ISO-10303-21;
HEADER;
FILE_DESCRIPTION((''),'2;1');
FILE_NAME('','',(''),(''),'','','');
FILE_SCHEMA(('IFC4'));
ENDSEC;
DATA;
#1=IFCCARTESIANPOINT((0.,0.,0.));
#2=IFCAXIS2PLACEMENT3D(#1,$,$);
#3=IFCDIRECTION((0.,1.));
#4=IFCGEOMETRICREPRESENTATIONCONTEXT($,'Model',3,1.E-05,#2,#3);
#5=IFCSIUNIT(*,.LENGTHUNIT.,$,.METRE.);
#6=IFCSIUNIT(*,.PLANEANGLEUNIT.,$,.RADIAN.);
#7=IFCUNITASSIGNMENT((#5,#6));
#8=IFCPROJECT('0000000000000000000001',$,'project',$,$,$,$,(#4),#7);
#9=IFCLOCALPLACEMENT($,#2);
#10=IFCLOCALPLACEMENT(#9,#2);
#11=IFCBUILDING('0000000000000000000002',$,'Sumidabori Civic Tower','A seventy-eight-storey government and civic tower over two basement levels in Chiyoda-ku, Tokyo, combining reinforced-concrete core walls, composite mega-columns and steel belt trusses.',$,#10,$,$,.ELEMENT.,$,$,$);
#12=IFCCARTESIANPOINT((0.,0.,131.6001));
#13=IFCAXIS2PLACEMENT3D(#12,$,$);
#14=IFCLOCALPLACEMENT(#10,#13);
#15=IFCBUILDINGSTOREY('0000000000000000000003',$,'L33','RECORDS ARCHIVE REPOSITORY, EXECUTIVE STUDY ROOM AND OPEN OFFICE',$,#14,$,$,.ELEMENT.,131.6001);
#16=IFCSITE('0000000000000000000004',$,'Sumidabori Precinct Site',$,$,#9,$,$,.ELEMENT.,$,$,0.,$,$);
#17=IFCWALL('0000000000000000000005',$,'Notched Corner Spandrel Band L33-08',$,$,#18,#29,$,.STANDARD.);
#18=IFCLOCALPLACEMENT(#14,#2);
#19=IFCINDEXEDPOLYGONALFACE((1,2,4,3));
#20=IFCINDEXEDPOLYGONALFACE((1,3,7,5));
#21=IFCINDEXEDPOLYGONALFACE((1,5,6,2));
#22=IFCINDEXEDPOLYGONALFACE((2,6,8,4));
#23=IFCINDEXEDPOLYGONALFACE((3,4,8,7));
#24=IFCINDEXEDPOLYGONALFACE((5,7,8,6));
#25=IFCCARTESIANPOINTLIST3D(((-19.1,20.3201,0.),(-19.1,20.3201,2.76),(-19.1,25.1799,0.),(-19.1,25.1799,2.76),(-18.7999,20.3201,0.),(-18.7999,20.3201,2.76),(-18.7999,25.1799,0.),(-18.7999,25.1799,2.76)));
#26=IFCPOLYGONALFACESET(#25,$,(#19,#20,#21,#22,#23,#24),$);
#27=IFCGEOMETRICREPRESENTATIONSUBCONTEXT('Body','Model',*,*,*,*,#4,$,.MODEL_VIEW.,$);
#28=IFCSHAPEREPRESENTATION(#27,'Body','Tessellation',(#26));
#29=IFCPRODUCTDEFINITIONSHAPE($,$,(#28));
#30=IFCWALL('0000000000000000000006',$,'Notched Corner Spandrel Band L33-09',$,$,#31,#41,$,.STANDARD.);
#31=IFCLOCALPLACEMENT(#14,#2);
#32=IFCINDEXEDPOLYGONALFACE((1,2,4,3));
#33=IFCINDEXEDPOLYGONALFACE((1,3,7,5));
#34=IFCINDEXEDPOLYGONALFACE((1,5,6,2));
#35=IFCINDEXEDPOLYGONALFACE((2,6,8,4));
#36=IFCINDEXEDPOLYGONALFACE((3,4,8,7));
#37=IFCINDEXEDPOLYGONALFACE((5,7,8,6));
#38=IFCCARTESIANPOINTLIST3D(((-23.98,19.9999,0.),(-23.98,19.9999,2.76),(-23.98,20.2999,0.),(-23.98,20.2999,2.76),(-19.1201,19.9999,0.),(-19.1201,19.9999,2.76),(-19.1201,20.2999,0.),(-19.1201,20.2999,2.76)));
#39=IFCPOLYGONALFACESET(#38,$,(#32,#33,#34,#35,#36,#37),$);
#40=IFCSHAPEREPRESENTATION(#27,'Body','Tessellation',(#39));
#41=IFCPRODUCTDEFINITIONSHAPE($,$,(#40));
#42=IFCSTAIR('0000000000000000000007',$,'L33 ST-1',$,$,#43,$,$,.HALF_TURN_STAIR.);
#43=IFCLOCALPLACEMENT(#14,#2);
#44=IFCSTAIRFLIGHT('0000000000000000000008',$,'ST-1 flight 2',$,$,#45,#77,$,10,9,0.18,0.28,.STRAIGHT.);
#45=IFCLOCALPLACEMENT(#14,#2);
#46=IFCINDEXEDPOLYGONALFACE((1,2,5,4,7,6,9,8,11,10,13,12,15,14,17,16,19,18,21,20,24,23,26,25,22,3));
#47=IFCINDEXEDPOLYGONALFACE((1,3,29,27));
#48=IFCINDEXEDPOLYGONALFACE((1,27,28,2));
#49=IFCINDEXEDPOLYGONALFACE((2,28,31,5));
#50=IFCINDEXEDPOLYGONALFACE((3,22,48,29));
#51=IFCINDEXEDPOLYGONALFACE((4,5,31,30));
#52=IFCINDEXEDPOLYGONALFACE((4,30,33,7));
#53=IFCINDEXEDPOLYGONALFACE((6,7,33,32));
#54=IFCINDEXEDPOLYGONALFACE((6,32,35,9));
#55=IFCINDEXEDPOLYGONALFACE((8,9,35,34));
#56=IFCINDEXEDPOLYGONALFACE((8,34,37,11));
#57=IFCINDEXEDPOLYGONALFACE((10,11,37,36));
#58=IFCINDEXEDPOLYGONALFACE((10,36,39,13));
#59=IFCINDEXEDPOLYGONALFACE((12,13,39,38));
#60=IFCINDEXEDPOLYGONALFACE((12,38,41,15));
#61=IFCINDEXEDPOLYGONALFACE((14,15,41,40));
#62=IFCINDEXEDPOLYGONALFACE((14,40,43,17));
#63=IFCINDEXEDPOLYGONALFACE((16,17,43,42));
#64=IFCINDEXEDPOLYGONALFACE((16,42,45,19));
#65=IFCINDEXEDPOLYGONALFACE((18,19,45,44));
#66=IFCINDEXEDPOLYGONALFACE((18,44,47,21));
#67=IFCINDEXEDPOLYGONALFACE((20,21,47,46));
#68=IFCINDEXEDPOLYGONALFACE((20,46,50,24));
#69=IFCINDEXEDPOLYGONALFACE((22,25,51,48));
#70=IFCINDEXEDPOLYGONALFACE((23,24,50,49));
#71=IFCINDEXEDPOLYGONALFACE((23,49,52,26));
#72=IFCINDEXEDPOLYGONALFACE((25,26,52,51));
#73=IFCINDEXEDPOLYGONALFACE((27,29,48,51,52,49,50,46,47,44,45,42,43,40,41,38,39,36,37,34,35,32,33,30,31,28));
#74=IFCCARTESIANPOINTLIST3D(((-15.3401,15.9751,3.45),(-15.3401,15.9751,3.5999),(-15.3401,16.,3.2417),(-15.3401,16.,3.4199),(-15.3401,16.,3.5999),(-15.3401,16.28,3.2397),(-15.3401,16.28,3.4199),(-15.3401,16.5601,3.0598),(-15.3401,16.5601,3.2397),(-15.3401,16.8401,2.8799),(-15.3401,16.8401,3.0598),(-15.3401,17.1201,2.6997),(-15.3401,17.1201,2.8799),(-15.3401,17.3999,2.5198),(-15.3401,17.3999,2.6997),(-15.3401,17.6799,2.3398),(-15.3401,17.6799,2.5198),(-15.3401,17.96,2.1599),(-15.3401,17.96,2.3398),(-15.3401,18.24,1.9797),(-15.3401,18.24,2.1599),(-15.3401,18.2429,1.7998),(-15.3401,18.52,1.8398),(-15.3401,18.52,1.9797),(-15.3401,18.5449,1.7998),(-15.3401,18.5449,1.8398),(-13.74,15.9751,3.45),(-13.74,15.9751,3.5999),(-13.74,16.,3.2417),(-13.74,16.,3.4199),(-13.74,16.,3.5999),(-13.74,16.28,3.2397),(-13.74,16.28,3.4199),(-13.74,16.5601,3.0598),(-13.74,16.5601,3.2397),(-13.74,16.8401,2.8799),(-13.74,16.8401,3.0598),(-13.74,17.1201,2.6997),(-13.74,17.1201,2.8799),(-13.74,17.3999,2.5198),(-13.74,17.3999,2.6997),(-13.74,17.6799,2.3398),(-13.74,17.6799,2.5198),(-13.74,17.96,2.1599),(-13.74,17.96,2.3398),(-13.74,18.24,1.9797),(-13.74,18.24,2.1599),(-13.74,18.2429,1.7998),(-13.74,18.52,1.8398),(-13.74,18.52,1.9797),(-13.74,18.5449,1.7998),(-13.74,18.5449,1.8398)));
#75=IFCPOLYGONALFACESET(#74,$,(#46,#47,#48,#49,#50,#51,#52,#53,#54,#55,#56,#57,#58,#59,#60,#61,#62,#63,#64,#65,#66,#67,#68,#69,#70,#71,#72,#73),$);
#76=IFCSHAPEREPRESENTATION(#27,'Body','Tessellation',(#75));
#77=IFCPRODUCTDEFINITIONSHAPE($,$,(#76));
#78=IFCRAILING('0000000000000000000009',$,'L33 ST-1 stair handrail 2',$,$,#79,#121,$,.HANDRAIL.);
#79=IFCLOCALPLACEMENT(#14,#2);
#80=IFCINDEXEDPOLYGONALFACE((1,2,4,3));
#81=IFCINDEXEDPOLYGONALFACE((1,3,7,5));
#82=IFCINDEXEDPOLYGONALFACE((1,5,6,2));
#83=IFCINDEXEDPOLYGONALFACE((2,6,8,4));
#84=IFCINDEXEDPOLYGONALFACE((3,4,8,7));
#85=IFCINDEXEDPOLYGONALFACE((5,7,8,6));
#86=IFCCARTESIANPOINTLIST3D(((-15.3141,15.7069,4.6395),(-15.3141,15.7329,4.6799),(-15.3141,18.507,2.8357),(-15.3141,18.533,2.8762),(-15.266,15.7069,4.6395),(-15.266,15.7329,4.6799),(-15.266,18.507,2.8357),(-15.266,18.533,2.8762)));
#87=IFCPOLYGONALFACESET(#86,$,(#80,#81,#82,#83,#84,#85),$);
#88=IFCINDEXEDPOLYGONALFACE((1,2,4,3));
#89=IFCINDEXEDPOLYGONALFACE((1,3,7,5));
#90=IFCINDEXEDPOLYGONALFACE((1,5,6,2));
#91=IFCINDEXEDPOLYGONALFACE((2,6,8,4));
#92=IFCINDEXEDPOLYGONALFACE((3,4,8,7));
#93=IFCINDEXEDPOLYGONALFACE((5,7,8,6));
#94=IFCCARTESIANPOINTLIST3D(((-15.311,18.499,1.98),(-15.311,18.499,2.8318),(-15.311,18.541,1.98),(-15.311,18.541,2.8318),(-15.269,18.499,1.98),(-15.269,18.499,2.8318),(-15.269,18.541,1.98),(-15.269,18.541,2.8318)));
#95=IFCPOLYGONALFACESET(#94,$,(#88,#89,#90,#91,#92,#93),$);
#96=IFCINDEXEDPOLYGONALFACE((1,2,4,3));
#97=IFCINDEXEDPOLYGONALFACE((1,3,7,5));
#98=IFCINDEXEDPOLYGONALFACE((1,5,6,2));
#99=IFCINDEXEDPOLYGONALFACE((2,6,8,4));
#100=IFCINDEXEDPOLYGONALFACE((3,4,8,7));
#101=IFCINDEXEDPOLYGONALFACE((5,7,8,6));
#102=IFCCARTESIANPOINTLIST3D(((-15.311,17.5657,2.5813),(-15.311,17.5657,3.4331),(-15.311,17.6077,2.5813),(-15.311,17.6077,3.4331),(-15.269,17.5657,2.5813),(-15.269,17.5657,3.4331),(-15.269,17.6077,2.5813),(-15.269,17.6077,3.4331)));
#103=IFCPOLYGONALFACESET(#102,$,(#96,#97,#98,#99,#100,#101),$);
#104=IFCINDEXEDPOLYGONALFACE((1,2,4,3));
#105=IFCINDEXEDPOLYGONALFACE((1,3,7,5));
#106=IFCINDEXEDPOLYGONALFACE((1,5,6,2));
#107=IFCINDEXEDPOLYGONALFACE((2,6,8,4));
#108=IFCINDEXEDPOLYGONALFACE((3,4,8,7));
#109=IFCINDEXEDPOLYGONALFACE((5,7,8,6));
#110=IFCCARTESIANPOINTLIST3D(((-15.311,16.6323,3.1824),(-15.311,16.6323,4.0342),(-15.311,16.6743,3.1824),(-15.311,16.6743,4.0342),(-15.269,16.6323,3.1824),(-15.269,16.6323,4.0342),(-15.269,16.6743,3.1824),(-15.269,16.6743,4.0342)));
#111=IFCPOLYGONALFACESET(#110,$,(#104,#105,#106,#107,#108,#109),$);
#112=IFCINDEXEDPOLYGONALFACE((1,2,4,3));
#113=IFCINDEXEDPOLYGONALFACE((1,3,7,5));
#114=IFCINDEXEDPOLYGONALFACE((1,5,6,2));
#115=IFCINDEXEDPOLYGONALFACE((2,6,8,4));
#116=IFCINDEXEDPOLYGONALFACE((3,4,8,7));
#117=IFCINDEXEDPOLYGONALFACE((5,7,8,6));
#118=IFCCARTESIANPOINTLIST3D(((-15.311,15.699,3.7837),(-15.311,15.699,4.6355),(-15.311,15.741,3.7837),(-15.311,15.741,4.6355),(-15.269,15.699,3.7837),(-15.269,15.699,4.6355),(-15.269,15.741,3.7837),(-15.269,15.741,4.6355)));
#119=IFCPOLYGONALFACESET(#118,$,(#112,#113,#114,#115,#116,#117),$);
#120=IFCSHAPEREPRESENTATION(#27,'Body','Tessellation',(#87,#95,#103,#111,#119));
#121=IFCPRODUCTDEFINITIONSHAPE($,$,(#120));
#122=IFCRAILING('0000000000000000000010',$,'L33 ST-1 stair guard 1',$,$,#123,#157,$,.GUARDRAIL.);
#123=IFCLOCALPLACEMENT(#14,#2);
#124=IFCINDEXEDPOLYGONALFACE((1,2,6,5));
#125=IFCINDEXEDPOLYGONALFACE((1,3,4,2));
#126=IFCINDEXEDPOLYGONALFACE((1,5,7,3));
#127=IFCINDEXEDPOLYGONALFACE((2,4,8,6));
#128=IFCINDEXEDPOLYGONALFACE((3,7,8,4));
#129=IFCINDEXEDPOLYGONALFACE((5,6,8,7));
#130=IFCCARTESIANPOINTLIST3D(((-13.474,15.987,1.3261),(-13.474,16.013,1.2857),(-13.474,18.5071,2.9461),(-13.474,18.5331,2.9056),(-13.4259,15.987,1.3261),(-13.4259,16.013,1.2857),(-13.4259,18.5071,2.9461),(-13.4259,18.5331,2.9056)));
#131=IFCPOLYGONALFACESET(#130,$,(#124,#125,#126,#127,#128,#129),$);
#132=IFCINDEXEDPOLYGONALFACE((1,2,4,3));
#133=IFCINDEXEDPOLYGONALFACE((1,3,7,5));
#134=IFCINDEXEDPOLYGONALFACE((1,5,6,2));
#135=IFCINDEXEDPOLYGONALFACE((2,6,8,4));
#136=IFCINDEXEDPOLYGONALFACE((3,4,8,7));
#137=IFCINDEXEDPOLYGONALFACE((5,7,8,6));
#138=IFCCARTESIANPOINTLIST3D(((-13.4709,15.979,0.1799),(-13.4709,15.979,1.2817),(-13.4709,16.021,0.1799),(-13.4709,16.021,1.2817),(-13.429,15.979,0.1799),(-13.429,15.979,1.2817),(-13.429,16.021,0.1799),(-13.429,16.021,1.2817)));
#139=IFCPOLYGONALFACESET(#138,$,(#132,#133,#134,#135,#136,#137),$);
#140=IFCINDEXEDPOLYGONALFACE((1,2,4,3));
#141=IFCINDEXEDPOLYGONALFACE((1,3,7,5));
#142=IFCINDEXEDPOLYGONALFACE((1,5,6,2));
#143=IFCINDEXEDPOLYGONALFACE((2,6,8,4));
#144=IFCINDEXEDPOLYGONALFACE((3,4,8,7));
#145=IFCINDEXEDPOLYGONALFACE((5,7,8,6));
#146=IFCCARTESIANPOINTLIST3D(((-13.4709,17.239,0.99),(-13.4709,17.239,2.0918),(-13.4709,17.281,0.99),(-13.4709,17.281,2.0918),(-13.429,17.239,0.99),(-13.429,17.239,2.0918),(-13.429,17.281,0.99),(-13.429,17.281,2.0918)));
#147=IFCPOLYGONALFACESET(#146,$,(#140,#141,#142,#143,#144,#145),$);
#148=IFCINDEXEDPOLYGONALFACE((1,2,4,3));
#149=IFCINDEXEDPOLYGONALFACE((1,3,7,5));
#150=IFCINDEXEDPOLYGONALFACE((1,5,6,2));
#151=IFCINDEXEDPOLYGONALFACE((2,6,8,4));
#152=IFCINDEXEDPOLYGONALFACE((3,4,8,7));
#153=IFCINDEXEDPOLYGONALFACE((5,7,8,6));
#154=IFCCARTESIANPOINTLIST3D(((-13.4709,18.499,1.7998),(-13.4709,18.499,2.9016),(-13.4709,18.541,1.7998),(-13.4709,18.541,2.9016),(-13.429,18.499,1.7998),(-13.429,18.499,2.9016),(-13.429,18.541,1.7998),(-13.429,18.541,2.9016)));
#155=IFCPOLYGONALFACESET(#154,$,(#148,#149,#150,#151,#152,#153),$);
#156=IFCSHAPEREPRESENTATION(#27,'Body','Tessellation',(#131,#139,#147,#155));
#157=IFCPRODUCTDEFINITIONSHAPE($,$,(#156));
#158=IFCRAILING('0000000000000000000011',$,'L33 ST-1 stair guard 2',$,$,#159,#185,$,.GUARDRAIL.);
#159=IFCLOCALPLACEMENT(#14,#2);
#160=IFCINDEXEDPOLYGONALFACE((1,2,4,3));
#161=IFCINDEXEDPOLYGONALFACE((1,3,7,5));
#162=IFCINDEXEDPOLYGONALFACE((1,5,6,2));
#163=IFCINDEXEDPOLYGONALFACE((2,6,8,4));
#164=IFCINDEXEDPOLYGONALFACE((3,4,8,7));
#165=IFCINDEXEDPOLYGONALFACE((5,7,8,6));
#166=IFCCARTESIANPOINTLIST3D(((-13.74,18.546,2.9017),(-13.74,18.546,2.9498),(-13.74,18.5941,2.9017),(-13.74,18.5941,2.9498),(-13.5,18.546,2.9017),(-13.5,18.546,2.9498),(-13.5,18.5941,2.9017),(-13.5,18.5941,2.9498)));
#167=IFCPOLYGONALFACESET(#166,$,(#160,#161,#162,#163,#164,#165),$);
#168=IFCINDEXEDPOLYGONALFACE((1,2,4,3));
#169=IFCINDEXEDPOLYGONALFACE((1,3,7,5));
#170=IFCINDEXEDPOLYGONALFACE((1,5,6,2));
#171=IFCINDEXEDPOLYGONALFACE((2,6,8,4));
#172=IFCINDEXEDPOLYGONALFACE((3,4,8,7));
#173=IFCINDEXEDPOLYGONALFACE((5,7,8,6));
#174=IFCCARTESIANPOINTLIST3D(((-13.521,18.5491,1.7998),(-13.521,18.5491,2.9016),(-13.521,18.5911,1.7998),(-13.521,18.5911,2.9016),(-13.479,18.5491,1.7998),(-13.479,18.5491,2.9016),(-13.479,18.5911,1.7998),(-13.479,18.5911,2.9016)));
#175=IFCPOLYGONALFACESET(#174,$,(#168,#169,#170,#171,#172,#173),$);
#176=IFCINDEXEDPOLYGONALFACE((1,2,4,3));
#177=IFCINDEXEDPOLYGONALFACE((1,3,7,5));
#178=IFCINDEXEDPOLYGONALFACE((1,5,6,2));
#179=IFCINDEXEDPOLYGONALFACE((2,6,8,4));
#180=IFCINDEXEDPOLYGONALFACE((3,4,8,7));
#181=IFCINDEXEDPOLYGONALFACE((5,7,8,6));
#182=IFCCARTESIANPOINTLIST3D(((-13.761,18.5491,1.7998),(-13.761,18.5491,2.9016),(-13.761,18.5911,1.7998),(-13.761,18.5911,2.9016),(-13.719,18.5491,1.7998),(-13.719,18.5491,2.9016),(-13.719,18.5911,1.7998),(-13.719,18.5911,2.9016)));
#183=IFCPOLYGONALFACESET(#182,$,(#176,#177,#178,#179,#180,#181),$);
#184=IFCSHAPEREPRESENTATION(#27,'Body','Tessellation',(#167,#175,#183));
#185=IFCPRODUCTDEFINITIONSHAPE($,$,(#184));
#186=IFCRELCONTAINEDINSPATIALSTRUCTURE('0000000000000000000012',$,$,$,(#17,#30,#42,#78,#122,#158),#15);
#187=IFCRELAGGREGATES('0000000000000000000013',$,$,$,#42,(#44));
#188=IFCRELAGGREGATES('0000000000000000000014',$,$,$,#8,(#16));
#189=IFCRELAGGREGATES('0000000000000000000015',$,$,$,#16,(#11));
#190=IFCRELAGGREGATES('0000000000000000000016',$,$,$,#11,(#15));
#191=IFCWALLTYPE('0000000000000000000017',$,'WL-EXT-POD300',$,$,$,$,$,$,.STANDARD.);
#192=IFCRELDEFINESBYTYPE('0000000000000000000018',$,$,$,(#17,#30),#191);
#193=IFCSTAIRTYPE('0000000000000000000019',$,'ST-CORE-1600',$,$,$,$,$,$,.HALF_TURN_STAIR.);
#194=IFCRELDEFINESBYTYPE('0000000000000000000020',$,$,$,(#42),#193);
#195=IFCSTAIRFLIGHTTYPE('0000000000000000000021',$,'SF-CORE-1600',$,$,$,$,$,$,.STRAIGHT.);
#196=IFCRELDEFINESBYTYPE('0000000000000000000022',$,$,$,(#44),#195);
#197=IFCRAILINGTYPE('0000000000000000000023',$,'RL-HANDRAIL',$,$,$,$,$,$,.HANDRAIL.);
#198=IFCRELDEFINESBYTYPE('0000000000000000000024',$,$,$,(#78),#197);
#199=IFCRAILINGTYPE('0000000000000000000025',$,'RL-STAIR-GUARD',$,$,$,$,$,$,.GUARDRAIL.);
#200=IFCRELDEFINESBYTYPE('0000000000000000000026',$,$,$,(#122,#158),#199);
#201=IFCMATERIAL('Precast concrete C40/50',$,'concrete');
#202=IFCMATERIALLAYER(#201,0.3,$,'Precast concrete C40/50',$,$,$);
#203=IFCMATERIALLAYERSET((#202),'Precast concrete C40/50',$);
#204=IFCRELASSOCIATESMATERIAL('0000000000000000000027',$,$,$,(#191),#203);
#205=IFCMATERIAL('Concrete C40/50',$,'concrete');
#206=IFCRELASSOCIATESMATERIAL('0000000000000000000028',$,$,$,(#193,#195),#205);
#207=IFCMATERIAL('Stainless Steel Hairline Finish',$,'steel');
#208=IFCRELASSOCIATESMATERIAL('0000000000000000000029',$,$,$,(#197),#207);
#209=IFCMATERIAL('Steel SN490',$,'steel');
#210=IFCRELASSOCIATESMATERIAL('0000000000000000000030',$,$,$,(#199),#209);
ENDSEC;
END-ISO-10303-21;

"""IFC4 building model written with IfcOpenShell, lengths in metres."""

from ifc_helpers import new_model, si_unit, direction, frame, frame_2d, origin, origin_2d, place, context, subcontext, project, spatial, polyline, rectangle, outline, extrude, source, transform, mapped, material, layer, layer_set, type_object, element, aggregate, save


model = new_model("IFC4")

# Units and contexts
model_context = context("Model", 3, precision=1e-05, world=origin(), true_north=direction((0.0, 1.0)))
body_context = subcontext(model_context, "Body", "Model", "MODEL_VIEW")
ifc_project = project(units=[si_unit("LENGTHUNIT", "METRE"), si_unit("PLANEANGLEUNIT", "RADIAN")], contexts=[model_context])

# Site, building, storey
site_placement = place(None, origin())
site = spatial("IfcSite", under=ifc_project, at=site_placement, Name="Sumidabori Precinct Site", CompositionType="ELEMENT", RefElevation=0.0)
building_placement = place(site_placement, origin())
building = spatial("IfcBuilding", under=site, at=building_placement, Name="Sumidabori Civic Tower", Description="A seventy-eight-storey government and civic tower over two basement levels in Chiyoda-ku, Tokyo, combining reinforced-concrete core walls, composite mega-columns and steel belt trusses.", CompositionType="ELEMENT")
storey_placement = place(building_placement, frame((0.0, 0.0, 131.6001)))
storey = spatial("IfcBuildingStorey", under=building, at=storey_placement, Name="L33", Description="RECORDS ARCHIVE REPOSITORY, EXECUTIVE STUDY ROOM AND OPEN OFFICE", CompositionType="ELEMENT", Elevation=131.6001)

# Shared definitions
ifc_material_1 = material(Name="Steel SN490", Category="steel")

# Walls
ifc_material_2 = material(Name="Precast concrete C40/50", Category="concrete")
ifc_layer_1 = layer(ifc_material_2, 0.3, Name="Precast concrete C40/50")
ifc_layer_set_1 = layer_set([ifc_layer_1], Name="Precast concrete C40/50")
wall_type_1 = type_object("IfcWallType", Name="WL-EXT-POD300", PredefinedType="STANDARD", material=ifc_layer_set_1)
shared_shape_1 = source(origin(), body_context, "Body", "SweptSolid", [
    extrude(rectangle(XDim=4.8599, YDim=0.3, at=frame_2d((2.4299, 0.0))), origin(), (0.0, 0.0, 1.0), 2.76),
])
for number, where, z_axis, x_axis, name in (
    (1, (-18.95, 25.1799, 0.0), (0.0, 0.0, 1.0), (0.0, -1.0, 0.0), "Notched Corner Spandrel Band L33-08"),
    (2, (-19.1201, 20.1499, 0.0), (0.0, 0.0, 1.0), (-1.0, 0.0, 0.0), "Notched Corner Spandrel Band L33-09"),
):
    element("IfcWall", number, at=place(storey_placement, frame(where, z_axis=z_axis, x_axis=x_axis)), inside=storey, type_object=wall_type_1, Name=name, PredefinedType="STANDARD", context=body_context, shape_type="MappedRepresentation", body=[
        mapped(shared_shape_1, transform((0.0, 0.0, 0.0), x_axis=(1.0, 0.0, 0.0), y_axis=(0.0, 1.0, 0.0), z_axis=(0.0, 0.0, 1.0), scale=1.0)),
    ])

# Stair, stair flight
ifc_material_3 = material(Name="Concrete C40/50", Category="concrete")
stair_type = type_object("IfcStairType", Name="ST-CORE-1600", PredefinedType="HALF_TURN_STAIR", material=ifc_material_3)
stair_placement = place(storey_placement, origin())
stair = element("IfcStair", 3, at=stair_placement, inside=storey, type_object=stair_type, Name="L33 ST-1", PredefinedType="HALF_TURN_STAIR")
stair_flight_type = type_object("IfcStairFlightType", Name="SF-CORE-1600", PredefinedType="STRAIGHT", material=ifc_material_3)
shared_shape_2 = source(origin(), body_context, "Body", "SweptSolid", [
    extrude(outline(polyline([(-0.0249, 0.0), (-0.0249, 0.04), (0.0, 0.04), (0.0, 0.1799), (0.28, 0.1799), (0.28, 0.3601), (0.5601, 0.3601), (0.5601, 0.54), (0.8401, 0.54), (0.8401, 0.72), (1.1201, 0.72), (1.1201, 0.8999), (1.3999, 0.8999), (1.3999, 1.0801), (1.6799, 1.0801), (1.6799, 1.26), (1.96, 1.26), (1.96, 1.4399), (2.24, 1.4399), (2.24, 1.6201), (2.52, 1.6201), (2.52, 1.8), (2.5449, 1.8), (2.5449, 1.6501), (2.52, 1.4419), (0.2771, 0.0), (-0.0249, 0.0)])), frame((0.0, 0.8, 0.0), z_axis=(0.0, -1.0, 0.0), x_axis=(1.0, 0.0, 0.0)), (0.0, 0.0, 1.0), 1.6001),
])
stair_flight_placement = place(storey_placement, frame((-14.54, 18.52, 1.7998), z_axis=(0.0, 0.0, 1.0), x_axis=(0.0, -1.0, 0.0)))
stair_flight = element("IfcStairFlight", 4, at=stair_flight_placement, type_object=stair_flight_type, Name="ST-1 flight 2", NumberOfRisers=10, NumberOfTreads=9, PredefinedType="STRAIGHT", RiserHeight=0.18, TreadLength=0.28, context=body_context, shape_type="MappedRepresentation", body=[
    mapped(shared_shape_2, transform((0.0, 0.0, 0.0), x_axis=(1.0, 0.0, 0.0), y_axis=(0.0, 1.0, 0.0), z_axis=(0.0, 0.0, 1.0), scale=1.0)),
])
aggregate(stair, [stair_flight])

# Railings
ifc_material_4 = material(Name="Stainless Steel Hairline Finish", Category="steel")
railing_type_1 = type_object("IfcRailingType", Name="RL-HANDRAIL", PredefinedType="HANDRAIL", material=ifc_material_4)
railing_1_placement = place(storey_placement, frame((-15.29, 18.52, 1.98)))
element("IfcRailing", 5, at=railing_1_placement, inside=storey, type_object=railing_type_1, Name="L33 ST-1 stair handrail 2", PredefinedType="HANDRAIL", context=body_context, shape_type="SweptSolid", body=[
    extrude(rectangle(XDim=0.0481, YDim=0.0481, at=origin_2d()), frame((0.0, 0.0, 0.876), z_axis=(0.0, -0.840676, 0.541539), x_axis=(1.0, 0.0, 0.0)), (0.0, 0.0, 1.0), 3.3308),
    extrude(rectangle(XDim=0.042, YDim=0.042, at=origin_2d()), origin(), (0.0, 0.0, 1.0), 0.8518),
    extrude(rectangle(XDim=0.042, YDim=0.042, at=origin_2d()), frame((0.0, -0.9333, 0.6013)), (0.0, 0.0, 1.0), 0.8518),
    extrude(rectangle(XDim=0.042, YDim=0.042, at=origin_2d()), frame((0.0, -1.8667, 1.2024)), (0.0, 0.0, 1.0), 0.8518),
    extrude(rectangle(XDim=0.042, YDim=0.042, at=origin_2d()), frame((0.0, -2.8, 1.8037)), (0.0, 0.0, 1.0), 0.8518),
])
railing_type_2 = type_object("IfcRailingType", Name="RL-STAIR-GUARD", PredefinedType="GUARDRAIL", material=ifc_material_1)
railing_2_placement = place(storey_placement, frame((-13.45, 16.0, 0.1799)))
element("IfcRailing", 6, at=railing_2_placement, inside=storey, type_object=railing_type_2, Name="L33 ST-1 stair guard 1", PredefinedType="GUARDRAIL", context=body_context, shape_type="SweptSolid", body=[
    extrude(rectangle(XDim=0.0481, YDim=0.0481, at=origin_2d()), frame((0.0, 0.0, 1.126), z_axis=(0.0, 0.8412, 0.540725), x_axis=(-1.0, 0.0, 0.0)), (0.0, 0.0, 1.0), 2.9958),
    extrude(rectangle(XDim=0.042, YDim=0.042, at=origin_2d()), origin(), (0.0, 0.0, 1.0), 1.1018),
    extrude(rectangle(XDim=0.042, YDim=0.042, at=origin_2d()), frame((0.0, 1.26, 0.8101)), (0.0, 0.0, 1.0), 1.1018),
    extrude(rectangle(XDim=0.042, YDim=0.042, at=origin_2d()), frame((0.0, 2.52, 1.6199)), (0.0, 0.0, 1.0), 1.1018),
])
railing_3_placement = place(storey_placement, frame((-13.5, 18.5701, 1.7998)))
element("IfcRailing", 7, at=railing_3_placement, inside=storey, type_object=railing_type_2, Name="L33 ST-1 stair guard 2", PredefinedType="GUARDRAIL", context=body_context, shape_type="SweptSolid", body=[
    extrude(rectangle(XDim=0.0481, YDim=0.0481, at=origin_2d()), frame((0.0, 0.0, 1.126), z_axis=(-1.0, 0.0, 0.0), x_axis=(0.0, -1.0, 0.0)), (0.0, 0.0, 1.0), 0.24),
    extrude(rectangle(XDim=0.042, YDim=0.042, at=origin_2d()), origin(), (0.0, 0.0, 1.0), 1.1018),
    extrude(rectangle(XDim=0.042, YDim=0.042, at=origin_2d()), frame((-0.24, 0.0, 0.0)), (0.0, 0.0, 1.0), 1.1018),
])

save(model, "model.ifc")
